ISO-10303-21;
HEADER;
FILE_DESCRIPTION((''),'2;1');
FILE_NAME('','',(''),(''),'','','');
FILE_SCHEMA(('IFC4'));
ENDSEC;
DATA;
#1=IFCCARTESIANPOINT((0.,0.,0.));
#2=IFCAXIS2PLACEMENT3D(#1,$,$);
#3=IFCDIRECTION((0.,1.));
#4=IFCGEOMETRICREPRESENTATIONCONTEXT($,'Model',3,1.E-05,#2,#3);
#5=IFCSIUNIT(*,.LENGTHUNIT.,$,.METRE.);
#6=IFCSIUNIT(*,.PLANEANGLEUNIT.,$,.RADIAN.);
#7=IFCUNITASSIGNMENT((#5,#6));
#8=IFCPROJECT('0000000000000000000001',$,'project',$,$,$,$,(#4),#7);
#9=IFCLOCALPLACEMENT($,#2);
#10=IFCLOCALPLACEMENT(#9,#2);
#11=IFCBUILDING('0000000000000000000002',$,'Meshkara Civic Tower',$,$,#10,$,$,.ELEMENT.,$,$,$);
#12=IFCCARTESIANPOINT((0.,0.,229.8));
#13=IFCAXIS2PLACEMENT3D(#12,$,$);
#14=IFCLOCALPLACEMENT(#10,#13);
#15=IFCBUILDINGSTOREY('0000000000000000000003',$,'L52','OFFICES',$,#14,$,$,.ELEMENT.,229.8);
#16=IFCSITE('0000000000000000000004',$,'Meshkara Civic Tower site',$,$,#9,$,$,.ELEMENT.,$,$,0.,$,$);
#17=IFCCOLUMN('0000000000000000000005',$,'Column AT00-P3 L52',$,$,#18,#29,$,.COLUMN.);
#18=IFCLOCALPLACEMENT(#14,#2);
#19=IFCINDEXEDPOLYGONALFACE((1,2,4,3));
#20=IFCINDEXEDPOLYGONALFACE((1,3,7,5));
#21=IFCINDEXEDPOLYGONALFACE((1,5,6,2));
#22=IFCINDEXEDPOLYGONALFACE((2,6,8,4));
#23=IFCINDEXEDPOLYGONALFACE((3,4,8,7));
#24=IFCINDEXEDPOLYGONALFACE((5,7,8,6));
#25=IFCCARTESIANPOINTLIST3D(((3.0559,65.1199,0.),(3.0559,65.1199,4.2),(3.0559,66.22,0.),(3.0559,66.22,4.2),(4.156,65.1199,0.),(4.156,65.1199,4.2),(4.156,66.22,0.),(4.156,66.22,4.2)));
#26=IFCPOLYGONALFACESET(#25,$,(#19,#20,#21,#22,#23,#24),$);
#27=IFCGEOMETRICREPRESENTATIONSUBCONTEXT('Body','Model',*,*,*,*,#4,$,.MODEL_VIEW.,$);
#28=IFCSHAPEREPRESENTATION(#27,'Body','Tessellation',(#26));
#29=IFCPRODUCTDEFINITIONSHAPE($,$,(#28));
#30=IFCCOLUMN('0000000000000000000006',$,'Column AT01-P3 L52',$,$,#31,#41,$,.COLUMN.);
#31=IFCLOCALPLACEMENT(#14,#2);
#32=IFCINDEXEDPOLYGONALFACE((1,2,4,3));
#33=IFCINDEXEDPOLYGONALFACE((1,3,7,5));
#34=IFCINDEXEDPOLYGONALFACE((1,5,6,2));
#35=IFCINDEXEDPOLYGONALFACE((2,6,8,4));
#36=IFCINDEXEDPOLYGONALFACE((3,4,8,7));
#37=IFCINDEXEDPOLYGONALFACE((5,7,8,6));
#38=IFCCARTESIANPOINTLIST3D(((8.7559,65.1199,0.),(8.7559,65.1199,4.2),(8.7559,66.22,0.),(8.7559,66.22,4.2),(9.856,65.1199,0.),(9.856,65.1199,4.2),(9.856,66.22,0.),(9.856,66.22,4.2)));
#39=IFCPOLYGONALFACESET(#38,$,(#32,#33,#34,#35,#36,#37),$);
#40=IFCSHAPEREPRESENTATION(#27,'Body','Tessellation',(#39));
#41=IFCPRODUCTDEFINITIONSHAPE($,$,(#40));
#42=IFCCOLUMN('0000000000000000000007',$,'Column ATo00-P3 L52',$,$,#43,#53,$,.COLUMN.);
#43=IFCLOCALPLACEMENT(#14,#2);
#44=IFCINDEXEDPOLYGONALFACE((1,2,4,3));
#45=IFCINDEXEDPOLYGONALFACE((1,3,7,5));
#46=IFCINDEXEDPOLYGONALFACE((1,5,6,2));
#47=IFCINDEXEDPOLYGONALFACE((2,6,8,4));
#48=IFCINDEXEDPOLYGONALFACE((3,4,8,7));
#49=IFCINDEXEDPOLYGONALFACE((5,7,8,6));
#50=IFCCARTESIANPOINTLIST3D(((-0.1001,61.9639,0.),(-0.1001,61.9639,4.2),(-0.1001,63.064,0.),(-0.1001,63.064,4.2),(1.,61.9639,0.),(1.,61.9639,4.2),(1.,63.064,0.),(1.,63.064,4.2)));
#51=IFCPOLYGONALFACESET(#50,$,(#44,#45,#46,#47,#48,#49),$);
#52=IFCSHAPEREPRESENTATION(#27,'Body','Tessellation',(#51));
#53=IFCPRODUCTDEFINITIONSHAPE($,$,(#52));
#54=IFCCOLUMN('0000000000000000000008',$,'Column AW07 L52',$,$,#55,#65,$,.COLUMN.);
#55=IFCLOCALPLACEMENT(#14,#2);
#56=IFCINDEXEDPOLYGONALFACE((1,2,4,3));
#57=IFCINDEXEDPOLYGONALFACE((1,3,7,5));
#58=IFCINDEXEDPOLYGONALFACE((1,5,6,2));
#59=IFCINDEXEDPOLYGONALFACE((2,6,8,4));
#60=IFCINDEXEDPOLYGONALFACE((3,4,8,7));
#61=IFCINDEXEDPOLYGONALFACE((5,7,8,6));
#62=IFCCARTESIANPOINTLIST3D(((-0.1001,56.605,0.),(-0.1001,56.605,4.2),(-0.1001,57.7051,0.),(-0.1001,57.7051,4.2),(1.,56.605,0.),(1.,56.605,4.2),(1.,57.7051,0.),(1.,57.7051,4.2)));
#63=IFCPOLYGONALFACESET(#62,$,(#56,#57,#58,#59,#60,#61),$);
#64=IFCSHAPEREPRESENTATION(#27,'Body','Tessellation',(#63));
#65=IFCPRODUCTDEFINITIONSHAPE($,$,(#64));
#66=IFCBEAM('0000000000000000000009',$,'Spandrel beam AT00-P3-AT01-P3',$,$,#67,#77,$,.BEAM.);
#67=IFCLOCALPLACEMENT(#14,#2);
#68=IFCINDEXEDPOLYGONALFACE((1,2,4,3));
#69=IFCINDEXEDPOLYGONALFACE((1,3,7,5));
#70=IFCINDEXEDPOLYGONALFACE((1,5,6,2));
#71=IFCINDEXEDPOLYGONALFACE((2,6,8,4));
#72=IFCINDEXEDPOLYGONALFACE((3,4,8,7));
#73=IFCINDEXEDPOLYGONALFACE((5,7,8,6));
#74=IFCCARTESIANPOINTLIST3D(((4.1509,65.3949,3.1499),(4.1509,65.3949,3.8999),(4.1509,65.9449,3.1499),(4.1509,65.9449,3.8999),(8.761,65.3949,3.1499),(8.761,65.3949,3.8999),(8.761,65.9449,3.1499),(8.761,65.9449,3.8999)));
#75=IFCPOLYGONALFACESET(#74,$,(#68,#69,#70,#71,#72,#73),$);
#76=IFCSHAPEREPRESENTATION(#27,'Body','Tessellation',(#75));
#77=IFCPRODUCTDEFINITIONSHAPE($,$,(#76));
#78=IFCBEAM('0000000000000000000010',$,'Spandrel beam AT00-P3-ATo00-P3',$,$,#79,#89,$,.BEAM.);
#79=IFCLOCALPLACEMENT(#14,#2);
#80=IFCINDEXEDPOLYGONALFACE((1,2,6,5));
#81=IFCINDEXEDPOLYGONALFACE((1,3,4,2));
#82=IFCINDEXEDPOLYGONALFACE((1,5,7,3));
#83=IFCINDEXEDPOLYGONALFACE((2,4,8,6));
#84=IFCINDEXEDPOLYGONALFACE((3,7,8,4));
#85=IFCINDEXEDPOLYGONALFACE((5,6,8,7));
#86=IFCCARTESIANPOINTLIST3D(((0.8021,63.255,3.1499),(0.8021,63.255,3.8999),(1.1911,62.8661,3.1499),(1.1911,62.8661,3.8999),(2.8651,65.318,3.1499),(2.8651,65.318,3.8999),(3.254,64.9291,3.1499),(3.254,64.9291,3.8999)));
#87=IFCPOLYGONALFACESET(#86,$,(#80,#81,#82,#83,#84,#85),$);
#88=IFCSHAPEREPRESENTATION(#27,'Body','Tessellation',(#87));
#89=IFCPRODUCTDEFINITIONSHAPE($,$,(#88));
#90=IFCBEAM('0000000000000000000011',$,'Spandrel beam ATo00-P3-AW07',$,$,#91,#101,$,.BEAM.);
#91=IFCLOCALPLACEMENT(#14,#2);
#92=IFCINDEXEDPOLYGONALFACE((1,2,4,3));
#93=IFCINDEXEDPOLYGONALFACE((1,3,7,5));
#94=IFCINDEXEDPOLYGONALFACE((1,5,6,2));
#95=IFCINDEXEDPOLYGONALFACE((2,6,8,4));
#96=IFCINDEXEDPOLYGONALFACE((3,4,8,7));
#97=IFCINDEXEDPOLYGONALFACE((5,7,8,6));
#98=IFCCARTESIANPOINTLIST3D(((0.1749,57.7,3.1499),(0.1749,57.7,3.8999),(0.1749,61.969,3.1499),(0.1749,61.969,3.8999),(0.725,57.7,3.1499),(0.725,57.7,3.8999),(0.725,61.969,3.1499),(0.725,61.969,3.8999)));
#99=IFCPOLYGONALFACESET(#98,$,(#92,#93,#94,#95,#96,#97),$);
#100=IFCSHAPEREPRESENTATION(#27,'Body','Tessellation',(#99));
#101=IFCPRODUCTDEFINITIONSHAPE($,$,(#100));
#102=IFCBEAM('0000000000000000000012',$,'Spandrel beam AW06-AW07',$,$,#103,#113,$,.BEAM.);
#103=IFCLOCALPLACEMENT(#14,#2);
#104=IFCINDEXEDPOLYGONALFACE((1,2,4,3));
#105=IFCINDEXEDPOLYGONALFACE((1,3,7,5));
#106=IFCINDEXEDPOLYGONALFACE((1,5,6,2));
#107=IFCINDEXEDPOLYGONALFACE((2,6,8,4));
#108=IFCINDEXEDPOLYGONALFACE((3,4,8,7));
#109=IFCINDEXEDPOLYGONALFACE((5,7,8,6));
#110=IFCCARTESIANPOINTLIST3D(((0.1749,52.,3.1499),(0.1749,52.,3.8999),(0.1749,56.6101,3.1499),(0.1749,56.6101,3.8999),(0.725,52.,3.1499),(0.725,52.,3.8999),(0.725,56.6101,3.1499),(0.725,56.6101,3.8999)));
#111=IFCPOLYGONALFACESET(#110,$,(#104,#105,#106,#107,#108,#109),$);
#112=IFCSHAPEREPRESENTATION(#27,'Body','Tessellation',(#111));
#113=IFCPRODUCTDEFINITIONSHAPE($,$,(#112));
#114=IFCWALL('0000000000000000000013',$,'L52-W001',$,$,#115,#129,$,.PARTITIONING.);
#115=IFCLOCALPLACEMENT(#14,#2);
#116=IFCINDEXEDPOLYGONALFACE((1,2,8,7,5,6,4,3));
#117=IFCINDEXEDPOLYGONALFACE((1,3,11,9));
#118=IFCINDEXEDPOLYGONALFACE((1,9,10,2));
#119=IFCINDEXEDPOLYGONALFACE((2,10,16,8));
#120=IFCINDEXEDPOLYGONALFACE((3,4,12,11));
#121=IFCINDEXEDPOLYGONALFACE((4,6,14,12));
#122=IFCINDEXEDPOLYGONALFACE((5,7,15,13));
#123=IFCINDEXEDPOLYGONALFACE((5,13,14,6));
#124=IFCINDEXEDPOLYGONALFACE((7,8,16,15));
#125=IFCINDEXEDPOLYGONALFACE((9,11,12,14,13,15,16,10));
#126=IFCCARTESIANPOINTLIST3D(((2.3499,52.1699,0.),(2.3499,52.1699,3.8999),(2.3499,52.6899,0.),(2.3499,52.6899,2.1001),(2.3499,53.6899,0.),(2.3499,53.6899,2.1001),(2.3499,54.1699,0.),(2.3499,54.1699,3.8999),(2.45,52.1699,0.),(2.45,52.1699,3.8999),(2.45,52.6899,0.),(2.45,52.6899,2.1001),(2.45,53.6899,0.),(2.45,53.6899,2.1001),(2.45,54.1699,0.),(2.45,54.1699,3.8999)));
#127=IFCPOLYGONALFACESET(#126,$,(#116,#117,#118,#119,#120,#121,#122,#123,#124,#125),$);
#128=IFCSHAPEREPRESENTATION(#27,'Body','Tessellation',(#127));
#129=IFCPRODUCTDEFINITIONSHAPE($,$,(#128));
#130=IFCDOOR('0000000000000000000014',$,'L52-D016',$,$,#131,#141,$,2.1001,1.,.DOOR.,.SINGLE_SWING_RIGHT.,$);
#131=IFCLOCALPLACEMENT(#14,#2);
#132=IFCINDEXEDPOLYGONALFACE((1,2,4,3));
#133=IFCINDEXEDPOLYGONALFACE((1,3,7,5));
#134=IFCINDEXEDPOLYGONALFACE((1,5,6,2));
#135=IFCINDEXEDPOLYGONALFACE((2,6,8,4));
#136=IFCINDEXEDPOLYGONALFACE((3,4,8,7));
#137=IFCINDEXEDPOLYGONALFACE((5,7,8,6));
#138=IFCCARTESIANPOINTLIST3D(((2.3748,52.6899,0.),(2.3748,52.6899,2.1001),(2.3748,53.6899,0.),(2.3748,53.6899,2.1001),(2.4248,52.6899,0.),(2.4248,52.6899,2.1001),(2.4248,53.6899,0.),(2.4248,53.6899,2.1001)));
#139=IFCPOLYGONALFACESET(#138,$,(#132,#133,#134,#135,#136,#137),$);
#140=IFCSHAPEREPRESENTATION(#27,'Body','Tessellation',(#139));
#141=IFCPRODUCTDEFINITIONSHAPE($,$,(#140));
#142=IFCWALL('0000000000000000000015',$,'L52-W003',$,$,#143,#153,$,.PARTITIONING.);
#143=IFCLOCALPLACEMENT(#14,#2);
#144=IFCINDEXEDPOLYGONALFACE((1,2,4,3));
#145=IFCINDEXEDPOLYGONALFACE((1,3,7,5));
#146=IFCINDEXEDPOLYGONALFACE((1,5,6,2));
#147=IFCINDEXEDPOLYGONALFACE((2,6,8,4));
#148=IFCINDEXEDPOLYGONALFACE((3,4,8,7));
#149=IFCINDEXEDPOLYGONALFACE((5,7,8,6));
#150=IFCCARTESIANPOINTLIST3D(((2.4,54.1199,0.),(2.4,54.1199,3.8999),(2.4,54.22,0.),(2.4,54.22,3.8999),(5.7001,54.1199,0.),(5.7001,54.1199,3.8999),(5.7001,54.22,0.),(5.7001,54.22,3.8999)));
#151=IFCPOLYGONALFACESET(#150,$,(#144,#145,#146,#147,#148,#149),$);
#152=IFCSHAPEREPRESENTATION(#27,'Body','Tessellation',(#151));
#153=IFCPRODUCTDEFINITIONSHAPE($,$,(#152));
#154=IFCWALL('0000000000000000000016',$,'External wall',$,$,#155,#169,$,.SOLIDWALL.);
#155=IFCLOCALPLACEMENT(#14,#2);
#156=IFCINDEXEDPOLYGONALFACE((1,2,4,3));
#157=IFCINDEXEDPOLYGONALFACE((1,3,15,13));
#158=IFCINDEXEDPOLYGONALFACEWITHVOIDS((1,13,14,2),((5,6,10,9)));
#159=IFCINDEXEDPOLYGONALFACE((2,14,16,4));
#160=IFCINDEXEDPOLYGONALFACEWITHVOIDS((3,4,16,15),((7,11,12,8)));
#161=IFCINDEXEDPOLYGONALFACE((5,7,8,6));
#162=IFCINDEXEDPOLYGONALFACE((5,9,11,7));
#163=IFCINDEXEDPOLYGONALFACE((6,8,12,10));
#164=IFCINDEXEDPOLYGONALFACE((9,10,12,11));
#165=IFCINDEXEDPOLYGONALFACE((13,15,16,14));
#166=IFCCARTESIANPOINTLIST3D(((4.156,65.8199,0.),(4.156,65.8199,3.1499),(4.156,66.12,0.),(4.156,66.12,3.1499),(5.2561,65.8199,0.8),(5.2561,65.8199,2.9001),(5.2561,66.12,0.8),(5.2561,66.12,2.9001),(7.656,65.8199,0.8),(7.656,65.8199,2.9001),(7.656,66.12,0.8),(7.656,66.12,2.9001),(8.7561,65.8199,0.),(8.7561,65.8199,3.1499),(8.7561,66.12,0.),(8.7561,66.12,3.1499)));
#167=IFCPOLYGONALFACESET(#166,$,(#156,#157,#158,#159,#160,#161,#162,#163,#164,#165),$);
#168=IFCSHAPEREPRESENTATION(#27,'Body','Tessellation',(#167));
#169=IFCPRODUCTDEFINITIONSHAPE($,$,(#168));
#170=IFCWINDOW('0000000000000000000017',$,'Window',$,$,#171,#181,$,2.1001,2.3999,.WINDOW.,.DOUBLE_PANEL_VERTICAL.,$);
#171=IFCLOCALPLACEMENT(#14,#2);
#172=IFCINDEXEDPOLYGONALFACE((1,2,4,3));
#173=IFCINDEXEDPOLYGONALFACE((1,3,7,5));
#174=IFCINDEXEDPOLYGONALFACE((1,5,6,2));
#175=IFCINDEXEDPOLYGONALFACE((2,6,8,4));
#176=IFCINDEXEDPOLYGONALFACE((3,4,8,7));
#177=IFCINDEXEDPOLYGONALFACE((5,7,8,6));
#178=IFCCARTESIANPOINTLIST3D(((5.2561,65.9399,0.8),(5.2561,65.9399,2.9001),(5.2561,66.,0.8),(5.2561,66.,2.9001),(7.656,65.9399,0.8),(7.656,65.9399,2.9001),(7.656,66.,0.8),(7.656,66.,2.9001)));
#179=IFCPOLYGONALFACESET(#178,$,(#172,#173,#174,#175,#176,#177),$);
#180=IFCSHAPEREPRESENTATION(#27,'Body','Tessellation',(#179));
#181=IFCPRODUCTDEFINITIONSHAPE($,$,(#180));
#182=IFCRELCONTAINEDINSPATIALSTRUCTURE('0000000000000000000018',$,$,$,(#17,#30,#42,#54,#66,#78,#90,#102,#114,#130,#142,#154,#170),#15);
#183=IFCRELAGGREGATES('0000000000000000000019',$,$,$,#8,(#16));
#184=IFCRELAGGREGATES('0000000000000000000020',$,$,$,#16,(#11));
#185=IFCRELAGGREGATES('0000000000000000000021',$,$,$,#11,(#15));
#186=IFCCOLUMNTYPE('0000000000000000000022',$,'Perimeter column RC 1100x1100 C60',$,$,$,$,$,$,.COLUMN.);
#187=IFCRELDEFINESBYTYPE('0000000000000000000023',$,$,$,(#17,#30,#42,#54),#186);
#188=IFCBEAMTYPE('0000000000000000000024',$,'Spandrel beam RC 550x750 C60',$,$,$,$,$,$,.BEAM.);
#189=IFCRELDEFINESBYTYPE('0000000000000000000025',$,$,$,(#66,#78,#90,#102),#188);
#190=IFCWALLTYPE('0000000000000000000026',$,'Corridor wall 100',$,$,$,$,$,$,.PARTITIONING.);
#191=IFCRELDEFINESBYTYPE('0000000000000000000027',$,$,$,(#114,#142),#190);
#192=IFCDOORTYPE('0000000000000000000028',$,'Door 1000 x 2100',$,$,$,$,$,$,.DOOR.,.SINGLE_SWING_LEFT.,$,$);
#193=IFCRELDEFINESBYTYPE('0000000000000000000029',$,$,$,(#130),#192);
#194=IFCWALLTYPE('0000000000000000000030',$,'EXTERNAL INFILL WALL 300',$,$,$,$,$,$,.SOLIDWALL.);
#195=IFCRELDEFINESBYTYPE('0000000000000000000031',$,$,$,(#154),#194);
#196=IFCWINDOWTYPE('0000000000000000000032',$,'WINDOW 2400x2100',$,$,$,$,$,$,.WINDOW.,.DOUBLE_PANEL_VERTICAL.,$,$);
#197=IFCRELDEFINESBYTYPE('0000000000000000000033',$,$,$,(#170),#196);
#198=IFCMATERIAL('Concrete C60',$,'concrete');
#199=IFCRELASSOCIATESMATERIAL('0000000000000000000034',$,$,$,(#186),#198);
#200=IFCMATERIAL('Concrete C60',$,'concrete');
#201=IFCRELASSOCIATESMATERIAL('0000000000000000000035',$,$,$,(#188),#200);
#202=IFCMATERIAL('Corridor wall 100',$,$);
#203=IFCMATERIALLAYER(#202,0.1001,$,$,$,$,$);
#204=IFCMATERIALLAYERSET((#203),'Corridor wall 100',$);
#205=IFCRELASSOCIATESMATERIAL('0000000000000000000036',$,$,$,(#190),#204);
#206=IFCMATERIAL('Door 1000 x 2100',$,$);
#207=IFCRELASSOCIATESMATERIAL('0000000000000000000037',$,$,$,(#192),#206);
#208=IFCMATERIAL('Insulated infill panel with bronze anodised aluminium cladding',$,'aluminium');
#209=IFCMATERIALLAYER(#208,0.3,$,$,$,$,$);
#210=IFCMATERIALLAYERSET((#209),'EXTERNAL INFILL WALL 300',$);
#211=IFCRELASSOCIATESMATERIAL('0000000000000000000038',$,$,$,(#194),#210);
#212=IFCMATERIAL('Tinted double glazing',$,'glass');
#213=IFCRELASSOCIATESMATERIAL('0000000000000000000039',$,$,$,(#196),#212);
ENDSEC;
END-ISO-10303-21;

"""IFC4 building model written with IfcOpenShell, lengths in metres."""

from ifc_helpers import new_model, si_unit, direction, frame, frame_2d, origin, origin_2d, place, context, subcontext, project, spatial, rectangle, extrude, material, layer, layer_set, material_profile, profile_set, type_object, element, fill, save


model = new_model("IFC4")

# Units and contexts
model_context = context("Model", 3, precision=1e-05, world=origin(), true_north=direction((0.0, 1.0)))
body_context = subcontext(model_context, "Body", "Model", "MODEL_VIEW")
ifc_project = project(units=[si_unit("LENGTHUNIT", "METRE"), si_unit("PLANEANGLEUNIT", "RADIAN")], contexts=[model_context])

# Site, building, storey
site_placement = place(None, origin())
site = spatial("IfcSite", under=ifc_project, at=site_placement, Name="Meshkara Civic Tower site", CompositionType="ELEMENT", RefElevation=0.0)
building_placement = place(site_placement, origin())
building = spatial("IfcBuilding", under=site, at=building_placement, Name="Meshkara Civic Tower", CompositionType="ELEMENT")
storey_placement = place(building_placement, frame((0.0, 0.0, 229.8)))
storey = spatial("IfcBuildingStorey", under=building, at=storey_placement, Name="L52", Description="OFFICES", CompositionType="ELEMENT", Elevation=229.8)

# Columns
ifc_material_1 = material(Name="Concrete C60", Category="concrete")
ifc_material_profile_1 = material_profile(ifc_material_1, rectangle(XDim=1.1001, YDim=1.1001, at=origin_2d()))
ifc_profile_set_1 = profile_set([ifc_material_profile_1], Name="Concrete C60")
column_type = type_object("IfcColumnType", Name="Perimeter column RC 1100x1100 C60", PredefinedType="COLUMN", material=ifc_profile_set_1)
for number, where, z_axis, x_axis, name in (
    (1, (3.606, 65.6699, 0.0), (0.0, 0.0, 1.0), (1.0, 0.0, 0.0), "Column AT00-P3 L52"),
    (2, (9.3059, 65.6699, 0.0), (0.0, 0.0, 1.0), (1.0, 0.0, 0.0), "Column AT01-P3 L52"),
    (3, (0.45, 62.5139, 0.0), (0.0, 0.0, 1.0), (1.0, 0.0, 0.0), "Column ATo00-P3 L52"),
    (4, (0.45, 57.155, 0.0), (0.0, 0.0, 1.0), (1.0, 0.0, 0.0), "Column AW07 L52"),
):
    element("IfcColumn", number, at=place(storey_placement, frame(where, z_axis=z_axis, x_axis=x_axis)), inside=storey, type_object=column_type, Name=name, PredefinedType="COLUMN", context=body_context, shape_type="SweptSolid", body=[
        extrude(rectangle(XDim=1.1001, YDim=1.1001, at=origin_2d()), origin(), (0.0, 0.0, 1.0), 4.2),
    ])

# Beams
ifc_material_2 = material(Name="Concrete C60", Category="concrete")
ifc_material_profile_2 = material_profile(ifc_material_2, rectangle(XDim=0.55, YDim=0.75, at=origin_2d()))
ifc_profile_set_2 = profile_set([ifc_material_profile_2], Name="Concrete C60")
beam_type = type_object("IfcBeamType", Name="Spandrel beam RC 550x750 C60", PredefinedType="BEAM", material=ifc_profile_set_2)
beam_1_placement = place(storey_placement, frame((8.761, 65.6699, 3.5249), z_axis=(-1.0, 0.0, 0.0), x_axis=(0.0, -1.0, 0.0)))
element("IfcBeam", 5, at=beam_1_placement, inside=storey, type_object=beam_type, Name="Spandrel beam AT00-P3-AT01-P3", PredefinedType="BEAM", context=body_context, shape_type="SweptSolid", body=[
    extrude(rectangle(XDim=0.55, YDim=0.75, at=origin_2d()), origin(), (0.0, 0.0, 1.0), 4.6101),
])
beam_2_placement = place(storey_placement, frame((3.0596, 65.1235, 3.5249), z_axis=(-0.707107, -0.707107, 0.0), x_axis=(0.707107, -0.707107, 0.0)))
element("IfcBeam", 6, at=beam_2_placement, inside=storey, type_object=beam_type, Name="Spandrel beam AT00-P3-ATo00-P3", PredefinedType="BEAM", context=body_context, shape_type="SweptSolid", body=[
    extrude(rectangle(XDim=0.55, YDim=0.75, at=origin_2d()), origin(), (0.0, 0.0, 1.0), 2.9175),
])
beam_3_placement = place(storey_placement, frame((0.45, 61.969, 3.5249), z_axis=(0.0, -1.0, 0.0), x_axis=(1.0, 0.0, 0.0)))
element("IfcBeam", 7, at=beam_3_placement, inside=storey, type_object=beam_type, Name="Spandrel beam ATo00-P3-AW07", PredefinedType="BEAM", context=body_context, shape_type="SweptSolid", body=[
    extrude(rectangle(XDim=0.55, YDim=0.75, at=origin_2d()), origin(), (0.0, 0.0, 1.0), 4.269),
])
beam_4_placement = place(storey_placement, frame((0.45, 56.6101, 3.5249), z_axis=(0.0, -1.0, 0.0), x_axis=(1.0, 0.0, 0.0)))
element("IfcBeam", 8, at=beam_4_placement, inside=storey, type_object=beam_type, Name="Spandrel beam AW06-AW07", PredefinedType="BEAM", context=body_context, shape_type="SweptSolid", body=[
    extrude(rectangle(XDim=0.55, YDim=0.75, at=origin_2d()), origin(), (0.0, 0.0, 1.0), 4.6101),
])

# Wall, opening, door
ifc_material_3 = material(Name="Corridor wall 100")
ifc_layer_1 = layer(ifc_material_3, 0.1001)
ifc_layer_set_1 = layer_set([ifc_layer_1], Name="Corridor wall 100")
wall_type_1 = type_object("IfcWallType", Name="Corridor wall 100", PredefinedType="PARTITIONING", material=ifc_layer_set_1)
wall_1_placement = place(storey_placement, frame((2.3999, 54.1699, 0.0), z_axis=(0.0, 0.0, 1.0), x_axis=(0.0, -1.0, 0.0)))
wall_1 = element("IfcWall", 9, at=wall_1_placement, inside=storey, type_object=wall_type_1, Name="L52-W001", PredefinedType="PARTITIONING", context=body_context, shape_type="SweptSolid", body=[
    extrude(rectangle(XDim=2.0, YDim=0.1001, at=frame_2d((1.0, 0.0))), origin(), (0.0, 0.0, 1.0), 3.8999),
])
opening_1_placement = place(wall_1_placement, frame((0.48, 0.0, 0.0)))
opening_1 = element("IfcOpeningElement", 10, at=opening_1_placement, cuts=wall_1, PredefinedType="OPENING", context=body_context, shape_type="SweptSolid", body=[
    extrude(rectangle(XDim=1.0, YDim=2.1001, at=frame_2d((0.5, 1.05))), frame((0.0, 0.0601, 0.0), z_axis=(0.0, -1.0, 0.0), x_axis=(1.0, 0.0, 0.0)), (0.0, 0.0, 1.0), 0.1201),
])
ifc_material_4 = material(Name="Door 1000 x 2100")
door_type_1 = type_object("IfcDoorType", Name="Door 1000 x 2100", OperationType="SINGLE_SWING_LEFT", PredefinedType="DOOR", material=ifc_material_4)
door_1_placement = place(opening_1_placement, origin())
door_1 = element("IfcDoor", 11, at=door_1_placement, inside=storey, type_object=door_type_1, Name="L52-D016", OperationType="SINGLE_SWING_RIGHT", OverallHeight=2.1001, OverallWidth=1.0, PredefinedType="DOOR", context=body_context, shape_type="SweptSolid", body=[
    extrude(rectangle(XDim=1.0, YDim=2.1001, at=frame_2d((0.5, 1.05))), frame((0.0, 0.0249, 0.0), z_axis=(0.0, -1.0, 0.0), x_axis=(1.0, 0.0, 0.0)), (0.0, 0.0, 1.0), 0.05),
])
fill(opening_1, door_1)

# Wall
wall_2_placement = place(storey_placement, frame((5.7, 54.1699, 0.0), z_axis=(0.0, 0.0, 1.0), x_axis=(-1.0, 0.0, 0.0)))
element("IfcWall", 12, at=wall_2_placement, inside=storey, type_object=wall_type_1, Name="L52-W003", PredefinedType="PARTITIONING", context=body_context, shape_type="SweptSolid", body=[
    extrude(rectangle(XDim=3.3, YDim=0.1001, at=frame_2d((1.6499, 0.0))), origin(), (0.0, 0.0, 1.0), 3.8999),
])

# Wall, opening, window
ifc_material_5 = material(Name="Insulated infill panel with bronze anodised aluminium cladding", Category="aluminium")
ifc_layer_2 = layer(ifc_material_5, 0.3)
ifc_layer_set_2 = layer_set([ifc_layer_2], Name="EXTERNAL INFILL WALL 300")
wall_type_2 = type_object("IfcWallType", Name="EXTERNAL INFILL WALL 300", PredefinedType="SOLIDWALL", material=ifc_layer_set_2)
wall_3_placement = place(storey_placement, frame((8.7561, 65.97, 0.0), z_axis=(0.0, 0.0, 1.0), x_axis=(-1.0, 0.0, 0.0)))
wall_3 = element("IfcWall", 13, at=wall_3_placement, inside=storey, type_object=wall_type_2, Name="External wall", PredefinedType="SOLIDWALL", context=body_context, shape_type="SweptSolid", body=[
    extrude(rectangle(XDim=4.6001, YDim=0.3, at=frame_2d((2.3, 0.0))), origin(), (0.0, 0.0, 1.0), 3.1499),
])
opening_2_placement = place(wall_3_placement, frame((1.1001, 0.0, 0.8)))
opening_2 = element("IfcOpeningElement", 14, at=opening_2_placement, cuts=wall_3, PredefinedType="OPENING", context=body_context, shape_type="SweptSolid", body=[
    extrude(rectangle(XDim=2.3999, YDim=2.1001, at=frame_2d((1.2, 1.05))), frame((0.0, 0.1599, 0.0), z_axis=(0.0, -1.0, 0.0), x_axis=(1.0, 0.0, 0.0)), (0.0, 0.0, 1.0), 0.3201),
])
ifc_material_6 = material(Name="Tinted double glazing", Category="glass")
window_type_1 = type_object("IfcWindowType", Name="WINDOW 2400x2100", PartitioningType="DOUBLE_PANEL_VERTICAL", PredefinedType="WINDOW", material=ifc_material_6)
window_1_placement = place(opening_2_placement, origin())
window_1 = element("IfcWindow", 15, at=window_1_placement, inside=storey, type_object=window_type_1, Name="Window", OverallHeight=2.1001, OverallWidth=2.3999, PartitioningType="DOUBLE_PANEL_VERTICAL", PredefinedType="WINDOW", context=body_context, shape_type="SweptSolid", body=[
    extrude(rectangle(XDim=2.3999, YDim=2.1001, at=frame_2d((1.2, 1.05))), frame((0.0, 0.03, 0.0), z_axis=(0.0, -1.0, 0.0), x_axis=(1.0, 0.0, 0.0)), (0.0, 0.0, 1.0), 0.0601),
])
fill(opening_2, window_1)

save(model, "model.ifc")
